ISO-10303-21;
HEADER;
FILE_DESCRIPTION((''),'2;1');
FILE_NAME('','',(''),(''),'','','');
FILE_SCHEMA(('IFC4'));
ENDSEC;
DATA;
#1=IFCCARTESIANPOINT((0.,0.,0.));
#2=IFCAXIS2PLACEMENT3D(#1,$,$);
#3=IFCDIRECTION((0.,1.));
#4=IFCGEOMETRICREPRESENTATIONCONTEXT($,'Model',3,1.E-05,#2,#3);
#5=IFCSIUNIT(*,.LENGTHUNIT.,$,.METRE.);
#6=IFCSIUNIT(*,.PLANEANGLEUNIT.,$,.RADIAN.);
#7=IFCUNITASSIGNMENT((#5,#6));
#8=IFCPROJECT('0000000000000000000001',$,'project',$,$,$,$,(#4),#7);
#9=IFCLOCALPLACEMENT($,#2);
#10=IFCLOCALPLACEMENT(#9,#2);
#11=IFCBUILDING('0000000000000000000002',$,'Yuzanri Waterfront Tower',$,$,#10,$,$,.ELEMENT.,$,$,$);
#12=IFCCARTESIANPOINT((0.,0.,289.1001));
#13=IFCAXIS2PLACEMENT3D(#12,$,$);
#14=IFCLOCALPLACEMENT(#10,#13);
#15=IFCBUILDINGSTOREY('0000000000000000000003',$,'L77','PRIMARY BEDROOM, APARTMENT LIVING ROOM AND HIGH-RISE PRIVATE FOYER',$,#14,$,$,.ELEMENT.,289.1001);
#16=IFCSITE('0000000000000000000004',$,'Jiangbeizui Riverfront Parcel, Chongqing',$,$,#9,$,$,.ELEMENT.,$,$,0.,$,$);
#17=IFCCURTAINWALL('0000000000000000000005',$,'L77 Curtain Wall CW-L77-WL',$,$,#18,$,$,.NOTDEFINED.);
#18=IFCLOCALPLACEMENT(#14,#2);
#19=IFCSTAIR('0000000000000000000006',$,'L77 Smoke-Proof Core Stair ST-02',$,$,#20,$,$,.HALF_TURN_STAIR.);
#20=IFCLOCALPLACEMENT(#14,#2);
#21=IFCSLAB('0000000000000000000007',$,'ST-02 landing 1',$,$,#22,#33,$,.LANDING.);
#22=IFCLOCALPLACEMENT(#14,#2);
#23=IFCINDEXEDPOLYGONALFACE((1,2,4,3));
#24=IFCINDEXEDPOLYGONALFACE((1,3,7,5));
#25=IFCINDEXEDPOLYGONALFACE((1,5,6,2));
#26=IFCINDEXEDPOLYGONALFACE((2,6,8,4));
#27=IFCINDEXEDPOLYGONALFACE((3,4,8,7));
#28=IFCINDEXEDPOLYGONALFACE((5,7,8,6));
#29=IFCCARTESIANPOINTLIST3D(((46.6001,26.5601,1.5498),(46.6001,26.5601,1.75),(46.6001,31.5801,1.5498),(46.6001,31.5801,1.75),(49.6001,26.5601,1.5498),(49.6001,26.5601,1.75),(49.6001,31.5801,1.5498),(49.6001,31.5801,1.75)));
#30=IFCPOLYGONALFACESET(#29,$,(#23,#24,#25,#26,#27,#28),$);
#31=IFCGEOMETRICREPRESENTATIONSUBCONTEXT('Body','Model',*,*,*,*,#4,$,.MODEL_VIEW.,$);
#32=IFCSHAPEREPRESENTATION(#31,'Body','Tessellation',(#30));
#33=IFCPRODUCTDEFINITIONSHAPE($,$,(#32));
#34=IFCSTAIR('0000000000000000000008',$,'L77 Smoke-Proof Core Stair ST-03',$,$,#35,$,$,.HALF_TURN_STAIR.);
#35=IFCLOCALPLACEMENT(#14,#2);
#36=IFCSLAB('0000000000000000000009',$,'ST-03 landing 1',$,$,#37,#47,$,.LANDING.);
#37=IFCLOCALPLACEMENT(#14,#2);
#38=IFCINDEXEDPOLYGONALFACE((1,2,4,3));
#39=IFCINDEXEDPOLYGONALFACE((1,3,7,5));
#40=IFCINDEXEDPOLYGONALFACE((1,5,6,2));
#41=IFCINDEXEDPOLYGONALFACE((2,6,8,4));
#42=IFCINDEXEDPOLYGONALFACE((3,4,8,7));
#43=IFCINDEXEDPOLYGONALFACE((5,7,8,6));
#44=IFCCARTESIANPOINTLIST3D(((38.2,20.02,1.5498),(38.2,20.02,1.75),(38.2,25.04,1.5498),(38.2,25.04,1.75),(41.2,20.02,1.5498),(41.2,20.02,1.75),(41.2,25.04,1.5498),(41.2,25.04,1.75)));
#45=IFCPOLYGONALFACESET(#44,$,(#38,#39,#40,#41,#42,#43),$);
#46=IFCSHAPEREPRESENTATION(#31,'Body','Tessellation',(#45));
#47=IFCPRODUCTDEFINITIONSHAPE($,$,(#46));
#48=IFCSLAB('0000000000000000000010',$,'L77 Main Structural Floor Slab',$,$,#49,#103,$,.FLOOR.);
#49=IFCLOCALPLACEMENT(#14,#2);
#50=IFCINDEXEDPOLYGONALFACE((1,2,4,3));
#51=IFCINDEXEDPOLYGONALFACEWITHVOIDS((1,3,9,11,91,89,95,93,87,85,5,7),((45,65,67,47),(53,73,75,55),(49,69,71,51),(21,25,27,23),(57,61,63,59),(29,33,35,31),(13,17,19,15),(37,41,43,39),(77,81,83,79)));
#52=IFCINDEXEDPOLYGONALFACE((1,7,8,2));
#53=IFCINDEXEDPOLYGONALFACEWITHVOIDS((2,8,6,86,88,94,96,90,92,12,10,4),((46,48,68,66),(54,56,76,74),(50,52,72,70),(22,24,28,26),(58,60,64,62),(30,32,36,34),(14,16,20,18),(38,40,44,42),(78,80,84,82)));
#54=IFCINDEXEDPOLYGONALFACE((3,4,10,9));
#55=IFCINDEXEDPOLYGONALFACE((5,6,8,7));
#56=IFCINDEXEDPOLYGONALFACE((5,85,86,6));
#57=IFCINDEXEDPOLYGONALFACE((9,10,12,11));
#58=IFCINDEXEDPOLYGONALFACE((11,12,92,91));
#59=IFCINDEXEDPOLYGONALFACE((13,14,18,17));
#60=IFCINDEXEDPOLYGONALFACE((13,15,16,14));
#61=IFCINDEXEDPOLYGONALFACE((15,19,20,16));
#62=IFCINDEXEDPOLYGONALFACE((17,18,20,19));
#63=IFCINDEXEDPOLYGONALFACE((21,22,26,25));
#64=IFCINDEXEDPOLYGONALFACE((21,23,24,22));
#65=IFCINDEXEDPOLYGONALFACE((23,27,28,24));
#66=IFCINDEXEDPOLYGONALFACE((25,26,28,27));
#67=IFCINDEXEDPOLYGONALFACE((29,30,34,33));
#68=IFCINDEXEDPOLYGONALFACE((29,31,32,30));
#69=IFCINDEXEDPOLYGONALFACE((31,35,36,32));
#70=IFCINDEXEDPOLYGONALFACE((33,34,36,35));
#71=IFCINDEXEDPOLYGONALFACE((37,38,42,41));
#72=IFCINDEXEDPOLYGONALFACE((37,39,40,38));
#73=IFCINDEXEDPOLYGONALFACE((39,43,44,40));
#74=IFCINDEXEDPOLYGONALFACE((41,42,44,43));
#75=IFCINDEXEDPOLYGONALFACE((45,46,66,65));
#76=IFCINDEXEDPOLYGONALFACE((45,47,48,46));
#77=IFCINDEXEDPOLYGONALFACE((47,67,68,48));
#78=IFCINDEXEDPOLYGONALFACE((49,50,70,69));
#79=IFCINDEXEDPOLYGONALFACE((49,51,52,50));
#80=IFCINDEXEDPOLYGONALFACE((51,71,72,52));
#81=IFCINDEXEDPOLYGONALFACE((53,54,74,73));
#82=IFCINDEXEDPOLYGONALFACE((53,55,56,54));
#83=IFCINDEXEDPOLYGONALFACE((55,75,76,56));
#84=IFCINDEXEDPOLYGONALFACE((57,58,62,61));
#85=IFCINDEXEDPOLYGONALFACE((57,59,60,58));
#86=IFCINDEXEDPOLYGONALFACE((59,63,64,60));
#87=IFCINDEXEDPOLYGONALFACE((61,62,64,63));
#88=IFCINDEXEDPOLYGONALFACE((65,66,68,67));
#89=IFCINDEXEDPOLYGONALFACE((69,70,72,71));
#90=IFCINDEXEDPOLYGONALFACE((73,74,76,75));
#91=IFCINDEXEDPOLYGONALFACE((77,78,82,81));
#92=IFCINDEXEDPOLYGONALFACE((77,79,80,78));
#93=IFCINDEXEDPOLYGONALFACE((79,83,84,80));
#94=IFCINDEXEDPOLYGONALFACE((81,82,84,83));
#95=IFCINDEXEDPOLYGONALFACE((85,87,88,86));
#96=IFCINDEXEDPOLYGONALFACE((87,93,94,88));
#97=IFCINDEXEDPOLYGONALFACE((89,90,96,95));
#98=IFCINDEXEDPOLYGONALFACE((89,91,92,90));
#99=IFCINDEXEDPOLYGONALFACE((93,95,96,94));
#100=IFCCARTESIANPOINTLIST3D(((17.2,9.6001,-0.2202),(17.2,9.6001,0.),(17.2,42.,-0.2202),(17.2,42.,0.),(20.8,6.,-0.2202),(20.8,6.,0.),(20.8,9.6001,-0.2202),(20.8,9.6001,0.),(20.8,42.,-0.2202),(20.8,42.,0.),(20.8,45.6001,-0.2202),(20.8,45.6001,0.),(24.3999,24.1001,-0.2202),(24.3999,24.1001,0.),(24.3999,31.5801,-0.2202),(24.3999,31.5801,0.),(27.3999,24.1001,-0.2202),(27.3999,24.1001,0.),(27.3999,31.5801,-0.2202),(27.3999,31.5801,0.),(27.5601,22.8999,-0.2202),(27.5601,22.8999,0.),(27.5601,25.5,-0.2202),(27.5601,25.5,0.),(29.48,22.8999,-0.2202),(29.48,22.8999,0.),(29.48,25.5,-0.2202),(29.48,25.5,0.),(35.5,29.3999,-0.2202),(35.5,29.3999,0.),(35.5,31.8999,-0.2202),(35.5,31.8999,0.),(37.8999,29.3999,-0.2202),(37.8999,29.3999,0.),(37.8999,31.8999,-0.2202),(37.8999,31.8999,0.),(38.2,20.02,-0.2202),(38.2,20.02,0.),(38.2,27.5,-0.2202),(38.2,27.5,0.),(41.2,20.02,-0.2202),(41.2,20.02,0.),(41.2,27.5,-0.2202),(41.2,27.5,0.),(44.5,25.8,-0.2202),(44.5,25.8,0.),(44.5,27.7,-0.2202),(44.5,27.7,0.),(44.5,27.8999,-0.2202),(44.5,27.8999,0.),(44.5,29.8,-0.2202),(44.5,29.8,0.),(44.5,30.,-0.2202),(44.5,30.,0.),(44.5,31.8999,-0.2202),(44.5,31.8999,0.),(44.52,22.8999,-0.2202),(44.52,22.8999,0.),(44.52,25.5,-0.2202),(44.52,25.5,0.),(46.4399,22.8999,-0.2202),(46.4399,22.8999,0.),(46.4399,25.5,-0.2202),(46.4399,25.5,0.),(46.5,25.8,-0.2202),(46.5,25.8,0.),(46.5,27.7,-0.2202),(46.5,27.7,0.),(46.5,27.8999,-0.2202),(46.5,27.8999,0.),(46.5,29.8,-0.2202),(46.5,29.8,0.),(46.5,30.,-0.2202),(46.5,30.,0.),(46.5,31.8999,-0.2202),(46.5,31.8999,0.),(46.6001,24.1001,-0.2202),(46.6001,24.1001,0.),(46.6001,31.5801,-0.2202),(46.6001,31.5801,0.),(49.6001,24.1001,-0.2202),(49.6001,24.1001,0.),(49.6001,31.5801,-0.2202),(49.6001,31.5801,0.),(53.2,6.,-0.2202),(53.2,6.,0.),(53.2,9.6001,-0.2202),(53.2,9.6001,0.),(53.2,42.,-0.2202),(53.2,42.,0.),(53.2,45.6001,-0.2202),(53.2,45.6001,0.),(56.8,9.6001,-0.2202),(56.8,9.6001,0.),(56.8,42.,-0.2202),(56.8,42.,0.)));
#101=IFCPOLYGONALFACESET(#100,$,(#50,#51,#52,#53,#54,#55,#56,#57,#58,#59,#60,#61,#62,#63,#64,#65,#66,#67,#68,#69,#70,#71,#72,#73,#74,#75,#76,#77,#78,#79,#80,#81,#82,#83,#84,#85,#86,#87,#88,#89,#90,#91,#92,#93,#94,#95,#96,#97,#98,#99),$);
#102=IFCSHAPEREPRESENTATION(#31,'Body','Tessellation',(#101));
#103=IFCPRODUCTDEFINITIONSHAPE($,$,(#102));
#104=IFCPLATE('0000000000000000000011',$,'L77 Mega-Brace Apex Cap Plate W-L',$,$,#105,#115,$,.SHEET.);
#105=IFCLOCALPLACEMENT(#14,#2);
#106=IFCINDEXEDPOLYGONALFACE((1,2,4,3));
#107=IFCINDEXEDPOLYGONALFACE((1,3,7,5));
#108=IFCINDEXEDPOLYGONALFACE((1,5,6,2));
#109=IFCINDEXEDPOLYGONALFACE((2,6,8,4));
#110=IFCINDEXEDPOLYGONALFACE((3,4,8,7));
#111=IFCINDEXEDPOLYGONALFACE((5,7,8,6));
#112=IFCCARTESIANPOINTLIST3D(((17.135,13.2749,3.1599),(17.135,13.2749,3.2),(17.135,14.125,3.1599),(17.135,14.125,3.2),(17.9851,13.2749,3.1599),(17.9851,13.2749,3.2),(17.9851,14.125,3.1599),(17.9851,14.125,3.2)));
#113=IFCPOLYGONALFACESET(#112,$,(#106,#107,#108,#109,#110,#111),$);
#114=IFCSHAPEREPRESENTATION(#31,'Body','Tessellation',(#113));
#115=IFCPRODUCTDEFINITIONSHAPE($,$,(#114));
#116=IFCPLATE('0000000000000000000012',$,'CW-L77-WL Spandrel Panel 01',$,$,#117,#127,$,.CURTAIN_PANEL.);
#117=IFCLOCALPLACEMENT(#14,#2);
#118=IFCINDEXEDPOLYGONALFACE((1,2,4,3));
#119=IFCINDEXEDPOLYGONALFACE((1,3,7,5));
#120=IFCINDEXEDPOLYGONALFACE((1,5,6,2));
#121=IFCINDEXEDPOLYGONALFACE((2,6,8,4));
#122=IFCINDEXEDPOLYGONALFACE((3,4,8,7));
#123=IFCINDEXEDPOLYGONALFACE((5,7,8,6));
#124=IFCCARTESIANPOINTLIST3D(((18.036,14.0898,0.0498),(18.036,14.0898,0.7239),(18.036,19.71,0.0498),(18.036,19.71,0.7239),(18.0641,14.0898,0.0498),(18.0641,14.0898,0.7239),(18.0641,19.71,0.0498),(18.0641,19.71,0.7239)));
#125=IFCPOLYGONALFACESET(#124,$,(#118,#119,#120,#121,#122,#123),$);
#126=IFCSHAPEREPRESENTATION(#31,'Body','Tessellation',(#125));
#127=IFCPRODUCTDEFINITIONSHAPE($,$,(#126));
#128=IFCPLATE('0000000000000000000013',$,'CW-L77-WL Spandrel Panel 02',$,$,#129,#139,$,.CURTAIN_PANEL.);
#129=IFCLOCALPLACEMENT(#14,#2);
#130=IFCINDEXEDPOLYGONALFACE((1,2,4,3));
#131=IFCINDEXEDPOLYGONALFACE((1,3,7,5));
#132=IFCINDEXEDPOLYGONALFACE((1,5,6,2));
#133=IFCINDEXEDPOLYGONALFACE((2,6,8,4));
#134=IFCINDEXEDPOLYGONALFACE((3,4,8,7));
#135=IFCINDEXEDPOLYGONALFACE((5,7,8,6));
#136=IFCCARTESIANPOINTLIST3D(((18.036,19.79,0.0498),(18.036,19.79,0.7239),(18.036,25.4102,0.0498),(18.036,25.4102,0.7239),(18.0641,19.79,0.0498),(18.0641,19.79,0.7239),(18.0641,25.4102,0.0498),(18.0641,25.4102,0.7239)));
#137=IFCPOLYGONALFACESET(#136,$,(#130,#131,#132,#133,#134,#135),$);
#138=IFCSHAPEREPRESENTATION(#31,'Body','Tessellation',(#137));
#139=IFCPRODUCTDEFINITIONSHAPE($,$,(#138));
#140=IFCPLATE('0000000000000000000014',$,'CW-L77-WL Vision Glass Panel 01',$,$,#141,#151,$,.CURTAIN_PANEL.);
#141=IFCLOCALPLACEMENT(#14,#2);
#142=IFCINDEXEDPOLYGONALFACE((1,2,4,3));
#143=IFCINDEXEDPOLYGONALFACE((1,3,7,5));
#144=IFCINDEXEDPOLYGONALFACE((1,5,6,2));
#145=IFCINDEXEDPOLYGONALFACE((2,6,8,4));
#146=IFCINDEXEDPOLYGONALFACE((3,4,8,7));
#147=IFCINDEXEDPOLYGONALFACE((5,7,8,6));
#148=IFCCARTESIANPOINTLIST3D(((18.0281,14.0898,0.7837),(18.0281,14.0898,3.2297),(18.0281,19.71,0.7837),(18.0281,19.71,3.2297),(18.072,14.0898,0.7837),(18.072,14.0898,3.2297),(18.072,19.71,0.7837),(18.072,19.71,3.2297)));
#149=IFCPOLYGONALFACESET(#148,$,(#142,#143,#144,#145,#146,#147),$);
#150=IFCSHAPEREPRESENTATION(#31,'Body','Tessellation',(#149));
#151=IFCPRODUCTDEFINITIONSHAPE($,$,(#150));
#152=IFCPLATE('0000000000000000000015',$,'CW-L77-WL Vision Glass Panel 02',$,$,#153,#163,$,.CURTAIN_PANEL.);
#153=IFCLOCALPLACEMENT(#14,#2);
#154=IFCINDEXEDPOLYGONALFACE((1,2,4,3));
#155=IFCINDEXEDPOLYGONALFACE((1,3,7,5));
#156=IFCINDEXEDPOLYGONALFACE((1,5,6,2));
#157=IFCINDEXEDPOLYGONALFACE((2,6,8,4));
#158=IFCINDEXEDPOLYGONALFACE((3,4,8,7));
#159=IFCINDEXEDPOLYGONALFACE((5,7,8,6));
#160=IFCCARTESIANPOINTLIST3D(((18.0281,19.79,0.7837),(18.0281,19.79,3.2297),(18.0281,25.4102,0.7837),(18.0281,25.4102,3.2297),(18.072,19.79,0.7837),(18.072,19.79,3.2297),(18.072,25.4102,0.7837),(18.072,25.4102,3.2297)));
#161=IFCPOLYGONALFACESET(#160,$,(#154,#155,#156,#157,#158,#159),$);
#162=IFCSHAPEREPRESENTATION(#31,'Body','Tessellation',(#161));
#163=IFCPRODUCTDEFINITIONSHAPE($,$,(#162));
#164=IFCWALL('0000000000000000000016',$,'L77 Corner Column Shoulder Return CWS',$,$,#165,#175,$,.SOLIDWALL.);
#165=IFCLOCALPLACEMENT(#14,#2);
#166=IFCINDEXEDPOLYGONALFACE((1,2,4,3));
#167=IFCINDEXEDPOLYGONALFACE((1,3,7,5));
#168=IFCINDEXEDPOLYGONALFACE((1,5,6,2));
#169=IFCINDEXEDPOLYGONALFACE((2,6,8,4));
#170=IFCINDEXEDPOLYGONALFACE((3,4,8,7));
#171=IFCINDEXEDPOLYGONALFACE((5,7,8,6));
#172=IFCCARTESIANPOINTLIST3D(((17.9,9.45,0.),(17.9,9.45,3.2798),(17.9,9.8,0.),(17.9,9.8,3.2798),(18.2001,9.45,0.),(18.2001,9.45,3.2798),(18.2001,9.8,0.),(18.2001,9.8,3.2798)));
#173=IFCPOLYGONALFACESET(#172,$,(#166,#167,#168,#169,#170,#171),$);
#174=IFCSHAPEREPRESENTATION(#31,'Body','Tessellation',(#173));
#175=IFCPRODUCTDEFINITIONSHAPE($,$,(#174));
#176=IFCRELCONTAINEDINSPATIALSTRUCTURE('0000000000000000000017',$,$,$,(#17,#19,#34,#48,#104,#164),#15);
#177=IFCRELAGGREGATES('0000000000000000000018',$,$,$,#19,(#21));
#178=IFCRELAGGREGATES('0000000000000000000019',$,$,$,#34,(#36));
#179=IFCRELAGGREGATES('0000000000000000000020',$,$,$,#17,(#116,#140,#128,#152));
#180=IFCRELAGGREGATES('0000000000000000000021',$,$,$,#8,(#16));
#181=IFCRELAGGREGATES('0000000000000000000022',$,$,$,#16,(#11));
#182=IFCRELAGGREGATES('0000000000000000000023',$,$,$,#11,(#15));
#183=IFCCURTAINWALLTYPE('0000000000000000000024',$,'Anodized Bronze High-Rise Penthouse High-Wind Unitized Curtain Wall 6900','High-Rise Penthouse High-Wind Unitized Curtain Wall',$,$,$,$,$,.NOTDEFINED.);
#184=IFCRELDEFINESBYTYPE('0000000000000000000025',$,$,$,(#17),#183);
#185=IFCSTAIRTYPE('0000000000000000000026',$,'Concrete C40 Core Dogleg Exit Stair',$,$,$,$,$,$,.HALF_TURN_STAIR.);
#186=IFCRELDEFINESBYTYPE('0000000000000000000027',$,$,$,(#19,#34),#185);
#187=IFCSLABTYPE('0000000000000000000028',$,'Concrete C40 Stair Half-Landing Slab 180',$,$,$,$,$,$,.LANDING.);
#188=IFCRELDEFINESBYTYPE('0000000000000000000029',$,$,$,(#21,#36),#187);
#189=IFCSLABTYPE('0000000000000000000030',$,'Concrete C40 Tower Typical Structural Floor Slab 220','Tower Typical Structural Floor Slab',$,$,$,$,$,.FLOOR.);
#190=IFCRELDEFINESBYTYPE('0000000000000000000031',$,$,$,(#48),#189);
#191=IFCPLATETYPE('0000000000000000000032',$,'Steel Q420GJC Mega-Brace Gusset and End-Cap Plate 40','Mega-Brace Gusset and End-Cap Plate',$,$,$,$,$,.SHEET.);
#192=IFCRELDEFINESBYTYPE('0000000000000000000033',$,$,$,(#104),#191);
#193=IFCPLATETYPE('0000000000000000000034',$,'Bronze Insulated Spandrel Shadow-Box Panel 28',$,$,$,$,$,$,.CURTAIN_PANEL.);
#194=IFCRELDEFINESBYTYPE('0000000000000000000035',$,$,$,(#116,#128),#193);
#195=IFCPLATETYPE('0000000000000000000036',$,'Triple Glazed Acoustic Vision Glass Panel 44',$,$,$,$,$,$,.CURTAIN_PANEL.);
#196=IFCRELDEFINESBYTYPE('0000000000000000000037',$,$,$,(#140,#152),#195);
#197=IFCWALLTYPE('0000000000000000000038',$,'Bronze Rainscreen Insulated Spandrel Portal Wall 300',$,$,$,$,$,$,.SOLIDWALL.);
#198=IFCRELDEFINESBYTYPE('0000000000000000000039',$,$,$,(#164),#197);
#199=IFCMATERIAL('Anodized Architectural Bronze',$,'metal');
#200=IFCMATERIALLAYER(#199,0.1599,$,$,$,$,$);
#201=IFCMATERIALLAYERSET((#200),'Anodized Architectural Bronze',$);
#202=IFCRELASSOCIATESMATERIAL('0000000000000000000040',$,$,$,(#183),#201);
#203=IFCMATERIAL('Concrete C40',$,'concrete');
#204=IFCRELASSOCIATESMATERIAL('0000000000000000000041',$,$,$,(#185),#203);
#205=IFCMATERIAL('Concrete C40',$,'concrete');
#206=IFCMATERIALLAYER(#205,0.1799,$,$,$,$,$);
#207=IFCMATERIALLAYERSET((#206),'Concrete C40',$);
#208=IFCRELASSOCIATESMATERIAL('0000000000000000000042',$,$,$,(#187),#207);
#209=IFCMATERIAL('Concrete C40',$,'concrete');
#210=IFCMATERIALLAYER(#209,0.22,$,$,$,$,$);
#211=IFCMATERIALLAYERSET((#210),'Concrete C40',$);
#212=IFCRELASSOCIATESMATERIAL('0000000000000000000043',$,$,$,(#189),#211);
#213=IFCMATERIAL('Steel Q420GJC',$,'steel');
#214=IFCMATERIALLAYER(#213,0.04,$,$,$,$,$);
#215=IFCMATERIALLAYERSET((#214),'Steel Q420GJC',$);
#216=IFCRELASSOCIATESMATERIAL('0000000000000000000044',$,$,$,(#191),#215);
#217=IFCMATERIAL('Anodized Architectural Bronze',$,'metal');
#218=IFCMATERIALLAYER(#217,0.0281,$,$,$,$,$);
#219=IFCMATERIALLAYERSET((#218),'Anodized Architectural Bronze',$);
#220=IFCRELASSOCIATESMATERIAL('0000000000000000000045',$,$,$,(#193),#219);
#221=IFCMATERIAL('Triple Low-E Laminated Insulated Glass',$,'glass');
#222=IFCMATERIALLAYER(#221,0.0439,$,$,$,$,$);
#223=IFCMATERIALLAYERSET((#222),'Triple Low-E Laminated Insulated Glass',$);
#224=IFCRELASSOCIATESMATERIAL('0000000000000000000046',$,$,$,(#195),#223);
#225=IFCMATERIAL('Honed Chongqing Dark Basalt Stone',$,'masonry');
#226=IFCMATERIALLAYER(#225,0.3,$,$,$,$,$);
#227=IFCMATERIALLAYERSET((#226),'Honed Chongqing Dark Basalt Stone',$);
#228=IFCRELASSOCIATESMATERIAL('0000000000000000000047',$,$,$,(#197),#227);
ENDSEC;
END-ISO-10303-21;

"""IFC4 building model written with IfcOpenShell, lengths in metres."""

from ifc_helpers import new_model, si_unit, direction, frame, frame_2d, origin, origin_2d, place, context, subcontext, project, spatial, polyline, rectangle, outline, extrude, source, transform, mapped, material, layer, layer_set, type_object, element, aggregate, save


model = new_model("IFC4")

# Units and contexts
model_context = context("Model", 3, precision=1e-05, world=origin(), true_north=direction((0.0, 1.0)))
body_context = subcontext(model_context, "Body", "Model", "MODEL_VIEW")
ifc_project = project(units=[si_unit("LENGTHUNIT", "METRE"), si_unit("PLANEANGLEUNIT", "RADIAN")], contexts=[model_context])

# Site, building, storey
site_placement = place(None, origin())
site = spatial("IfcSite", under=ifc_project, at=site_placement, Name="Jiangbeizui Riverfront Parcel, Chongqing", CompositionType="ELEMENT", RefElevation=0.0)
building_placement = place(site_placement, origin())
building = spatial("IfcBuilding", under=site, at=building_placement, Name="Yuzanri Waterfront Tower", CompositionType="ELEMENT")
storey_placement = place(building_placement, frame((0.0, 0.0, 289.1001)))
storey = spatial("IfcBuildingStorey", under=building, at=storey_placement, Name="L77", Description="PRIMARY BEDROOM, APARTMENT LIVING ROOM AND HIGH-RISE PRIVATE FOYER", CompositionType="ELEMENT", Elevation=289.1001)

# Curtain wall
ifc_material_1 = material(Name="Anodized Architectural Bronze", Category="metal")
ifc_layer_1 = layer(ifc_material_1, 0.1599)
ifc_layer_set_1 = layer_set([ifc_layer_1], Name="Anodized Architectural Bronze")
curtain_wall_type = type_object("IfcCurtainWallType", Name="Anodized Bronze High-Rise Penthouse High-Wind Unitized Curtain Wall 6900", Description="High-Rise Penthouse High-Wind Unitized Curtain Wall", PredefinedType="NOTDEFINED", material=ifc_layer_set_1)
curtain_wall_placement = place(storey_placement, origin())
curtain_wall = element("IfcCurtainWall", 1, at=curtain_wall_placement, inside=storey, type_object=curtain_wall_type, Name="L77 Curtain Wall CW-L77-WL", PredefinedType="NOTDEFINED")

# Stairs, slabs
ifc_material_2 = material(Name="Concrete C40", Category="concrete")
stair_type = type_object("IfcStairType", Name="Concrete C40 Core Dogleg Exit Stair", PredefinedType="HALF_TURN_STAIR", material=ifc_material_2)
ifc_material_3 = material(Name="Concrete C40", Category="concrete")
ifc_layer_2 = layer(ifc_material_3, 0.1799)
ifc_layer_set_2 = layer_set([ifc_layer_2], Name="Concrete C40")
slab_type_1 = type_object("IfcSlabType", Name="Concrete C40 Stair Half-Landing Slab 180", PredefinedType="LANDING", material=ifc_layer_set_2)
stair_1_placement = place(storey_placement, origin())
stair_1 = element("IfcStair", 2, at=stair_1_placement, inside=storey, type_object=stair_type, Name="L77 Smoke-Proof Core Stair ST-02", PredefinedType="HALF_TURN_STAIR")
slab_1_placement = place(storey_placement, frame((0.0, 0.0, 1.5498)))
slab_1 = element("IfcSlab", 3, at=slab_1_placement, type_object=slab_type_1, Name="ST-02 landing 1", PredefinedType="LANDING", context=body_context, shape_type="SweptSolid", body=[
    extrude(outline(polyline([(49.6001, 26.5601), (49.6001, 31.5801), (46.6001, 31.5801), (46.6001, 26.5601), (49.6001, 26.5601)])), origin(), (0.0, 0.0, 1.0), 0.2002),
])
aggregate(stair_1, [slab_1])
stair_2_placement = place(storey_placement, origin())
stair_2 = element("IfcStair", 4, at=stair_2_placement, inside=storey, type_object=stair_type, Name="L77 Smoke-Proof Core Stair ST-03", PredefinedType="HALF_TURN_STAIR")
slab_2_placement = place(storey_placement, frame((0.0, 0.0, 1.5498)))
slab_2 = element("IfcSlab", 5, at=slab_2_placement, type_object=slab_type_1, Name="ST-03 landing 1", PredefinedType="LANDING", context=body_context, shape_type="SweptSolid", body=[
    extrude(outline(polyline([(38.2, 25.04), (38.2, 20.02), (41.2, 20.02), (41.2, 25.04), (38.2, 25.04)])), origin(), (0.0, 0.0, 1.0), 0.2002),
])
aggregate(stair_2, [slab_2])

# Slab
ifc_material_4 = material(Name="Concrete C40", Category="concrete")
ifc_layer_3 = layer(ifc_material_4, 0.22)
ifc_layer_set_3 = layer_set([ifc_layer_3], Name="Concrete C40")
slab_type_2 = type_object("IfcSlabType", Name="Concrete C40 Tower Typical Structural Floor Slab 220", Description="Tower Typical Structural Floor Slab", PredefinedType="FLOOR", material=ifc_layer_set_3)
slab_3_placement = place(storey_placement, frame((0.0, 0.0, -0.2202)))
element("IfcSlab", 6, at=slab_3_placement, inside=storey, type_object=slab_type_2, Name="L77 Main Structural Floor Slab", PredefinedType="FLOOR", context=body_context, shape_type="SweptSolid", body=[
    extrude(outline(polyline([(20.8, 6.0), (53.2, 6.0), (53.2, 9.6001), (56.8, 9.6001), (56.8, 42.0), (53.2, 42.0), (53.2, 45.6001), (20.8, 45.6001), (20.8, 42.0), (17.2, 42.0), (17.2, 9.6001), (20.8, 9.6001), (20.8, 6.0)]), holes=[polyline([(27.3999, 24.1001), (27.3999, 31.5801), (24.3999, 31.5801), (24.3999, 24.1001), (27.3999, 24.1001)]), polyline([(49.6001, 24.1001), (49.6001, 31.5801), (46.6001, 31.5801), (46.6001, 24.1001), (49.6001, 24.1001)]), polyline([(38.2, 27.5), (38.2, 20.02), (41.2, 20.02), (41.2, 27.5), (38.2, 27.5)]), polyline([(27.5601, 22.8999), (29.48, 22.8999), (29.48, 25.5), (27.5601, 25.5), (27.5601, 22.8999)]), polyline([(44.52, 22.8999), (46.4399, 22.8999), (46.4399, 25.5), (44.52, 25.5), (44.52, 22.8999)]), polyline([(35.5, 29.3999), (37.8999, 29.3999), (37.8999, 31.8999), (35.5, 31.8999), (35.5, 29.3999)]), polyline([(44.5, 25.8), (46.5, 25.8), (46.5, 27.7), (44.5, 27.7), (44.5, 25.8)]), polyline([(44.5, 27.8999), (46.5, 27.8999), (46.5, 29.8), (44.5, 29.8), (44.5, 27.8999)]), polyline([(44.5, 30.0), (46.5, 30.0), (46.5, 31.8999), (44.5, 31.8999), (44.5, 30.0)])]), origin(), (0.0, 0.0, 1.0), 0.2202),
])

# Plates
ifc_material_5 = material(Name="Steel Q420GJC", Category="steel")
ifc_layer_4 = layer(ifc_material_5, 0.04)
ifc_layer_set_4 = layer_set([ifc_layer_4], Name="Steel Q420GJC")
plate_type_1 = type_object("IfcPlateType", Name="Steel Q420GJC Mega-Brace Gusset and End-Cap Plate 40", Description="Mega-Brace Gusset and End-Cap Plate", PredefinedType="SHEET", material=ifc_layer_set_4)
shared_shape_1 = source(origin(), body_context, "Body", "SweptSolid", [
    extrude(rectangle(XDim=0.8501, YDim=0.8501, at=origin_2d()), origin(), (0.0, 0.0, 1.0), 0.04),
])
plate_1_placement = place(storey_placement, frame((17.5601, 13.7, 3.1599), z_axis=(0.0, 0.0, 1.0), x_axis=(1.0, 0.0, 0.0)))
element("IfcPlate", 7, at=plate_1_placement, inside=storey, type_object=plate_type_1, Name="L77 Mega-Brace Apex Cap Plate W-L", PredefinedType="SHEET", context=body_context, shape_type="MappedRepresentation", body=[
    mapped(shared_shape_1, transform((0.0, 0.0, 0.0), scale=1.0)),
])
ifc_material_6 = material(Name="Anodized Architectural Bronze", Category="metal")
ifc_layer_5 = layer(ifc_material_6, 0.0281)
ifc_layer_set_5 = layer_set([ifc_layer_5], Name="Anodized Architectural Bronze")
plate_type_2 = type_object("IfcPlateType", Name="Bronze Insulated Spandrel Shadow-Box Panel 28", PredefinedType="CURTAIN_PANEL", material=ifc_layer_set_5)
shared_shape_2 = source(origin(), body_context, "Body", "SweptSolid", [
    extrude(rectangle(XDim=5.6201, YDim=0.0281, at=origin_2d()), origin(), (0.0, 0.0, 1.0), 0.6741),
])
plate_2_placement = place(storey_placement, frame((18.05, 16.8999, 0.0498), z_axis=(0.0, 0.0, 1.0), x_axis=(0.0, 1.0, 0.0)))
plate_2 = element("IfcPlate", 8, at=plate_2_placement, type_object=plate_type_2, Name="CW-L77-WL Spandrel Panel 01", PredefinedType="CURTAIN_PANEL", context=body_context, shape_type="MappedRepresentation", body=[
    mapped(shared_shape_2, transform((0.0, 0.0, 0.0), scale=1.0)),
])
plate_3_placement = place(storey_placement, frame((18.05, 22.6001, 0.0498), z_axis=(0.0, 0.0, 1.0), x_axis=(0.0, 1.0, 0.0)))
plate_3 = element("IfcPlate", 9, at=plate_3_placement, type_object=plate_type_2, Name="CW-L77-WL Spandrel Panel 02", PredefinedType="CURTAIN_PANEL", context=body_context, shape_type="MappedRepresentation", body=[
    mapped(shared_shape_2, transform((0.0, 0.0, 0.0), scale=1.0)),
])
ifc_material_7 = material(Name="Triple Low-E Laminated Insulated Glass", Category="glass")
ifc_layer_6 = layer(ifc_material_7, 0.0439)
ifc_layer_set_6 = layer_set([ifc_layer_6], Name="Triple Low-E Laminated Insulated Glass")
plate_type_3 = type_object("IfcPlateType", Name="Triple Glazed Acoustic Vision Glass Panel 44", PredefinedType="CURTAIN_PANEL", material=ifc_layer_set_6)
shared_shape_3 = source(origin(), body_context, "Body", "SweptSolid", [
    extrude(rectangle(XDim=5.6201, YDim=0.0439, at=origin_2d()), origin(), (0.0, 0.0, 1.0), 2.446),
])
plate_4_placement = place(storey_placement, frame((18.05, 16.8999, 0.7837), z_axis=(0.0, 0.0, 1.0), x_axis=(0.0, 1.0, 0.0)))
plate_4 = element("IfcPlate", 10, at=plate_4_placement, type_object=plate_type_3, Name="CW-L77-WL Vision Glass Panel 01", PredefinedType="CURTAIN_PANEL", context=body_context, shape_type="MappedRepresentation", body=[
    mapped(shared_shape_3, transform((0.0, 0.0, 0.0), scale=1.0)),
])
plate_5_placement = place(storey_placement, frame((18.05, 22.6001, 0.7837), z_axis=(0.0, 0.0, 1.0), x_axis=(0.0, 1.0, 0.0)))
plate_5 = element("IfcPlate", 11, at=plate_5_placement, type_object=plate_type_3, Name="CW-L77-WL Vision Glass Panel 02", PredefinedType="CURTAIN_PANEL", context=body_context, shape_type="MappedRepresentation", body=[
    mapped(shared_shape_3, transform((0.0, 0.0, 0.0), scale=1.0)),
])
aggregate(curtain_wall, [plate_2, plate_4, plate_3, plate_5])

# Wall
ifc_material_8 = material(Name="Honed Chongqing Dark Basalt Stone", Category="masonry")
ifc_layer_7 = layer(ifc_material_8, 0.3)
ifc_layer_set_7 = layer_set([ifc_layer_7], Name="Honed Chongqing Dark Basalt Stone")
wall_type = type_object("IfcWallType", Name="Bronze Rainscreen Insulated Spandrel Portal Wall 300", PredefinedType="SOLIDWALL", material=ifc_layer_set_7)
shared_shape_4 = source(origin(), body_context, "Body", "SweptSolid", [
    extrude(rectangle(XDim=0.3501, YDim=0.3, at=frame_2d((0.175, 0.0))), origin(), (0.0, 0.0, 1.0), 3.2798),
])
wall_1_placement = place(storey_placement, frame((18.05, 9.45, 0.0), z_axis=(0.0, 0.0, 1.0), x_axis=(0.0, 1.0, 0.0)))
element("IfcWall", 12, at=wall_1_placement, inside=storey, type_object=wall_type, Name="L77 Corner Column Shoulder Return CWS", PredefinedType="SOLIDWALL", context=body_context, shape_type="MappedRepresentation", body=[
    mapped(shared_shape_4, transform((0.0, 0.0, 0.0), scale=1.0)),
])

save(model, "model.ifc")
